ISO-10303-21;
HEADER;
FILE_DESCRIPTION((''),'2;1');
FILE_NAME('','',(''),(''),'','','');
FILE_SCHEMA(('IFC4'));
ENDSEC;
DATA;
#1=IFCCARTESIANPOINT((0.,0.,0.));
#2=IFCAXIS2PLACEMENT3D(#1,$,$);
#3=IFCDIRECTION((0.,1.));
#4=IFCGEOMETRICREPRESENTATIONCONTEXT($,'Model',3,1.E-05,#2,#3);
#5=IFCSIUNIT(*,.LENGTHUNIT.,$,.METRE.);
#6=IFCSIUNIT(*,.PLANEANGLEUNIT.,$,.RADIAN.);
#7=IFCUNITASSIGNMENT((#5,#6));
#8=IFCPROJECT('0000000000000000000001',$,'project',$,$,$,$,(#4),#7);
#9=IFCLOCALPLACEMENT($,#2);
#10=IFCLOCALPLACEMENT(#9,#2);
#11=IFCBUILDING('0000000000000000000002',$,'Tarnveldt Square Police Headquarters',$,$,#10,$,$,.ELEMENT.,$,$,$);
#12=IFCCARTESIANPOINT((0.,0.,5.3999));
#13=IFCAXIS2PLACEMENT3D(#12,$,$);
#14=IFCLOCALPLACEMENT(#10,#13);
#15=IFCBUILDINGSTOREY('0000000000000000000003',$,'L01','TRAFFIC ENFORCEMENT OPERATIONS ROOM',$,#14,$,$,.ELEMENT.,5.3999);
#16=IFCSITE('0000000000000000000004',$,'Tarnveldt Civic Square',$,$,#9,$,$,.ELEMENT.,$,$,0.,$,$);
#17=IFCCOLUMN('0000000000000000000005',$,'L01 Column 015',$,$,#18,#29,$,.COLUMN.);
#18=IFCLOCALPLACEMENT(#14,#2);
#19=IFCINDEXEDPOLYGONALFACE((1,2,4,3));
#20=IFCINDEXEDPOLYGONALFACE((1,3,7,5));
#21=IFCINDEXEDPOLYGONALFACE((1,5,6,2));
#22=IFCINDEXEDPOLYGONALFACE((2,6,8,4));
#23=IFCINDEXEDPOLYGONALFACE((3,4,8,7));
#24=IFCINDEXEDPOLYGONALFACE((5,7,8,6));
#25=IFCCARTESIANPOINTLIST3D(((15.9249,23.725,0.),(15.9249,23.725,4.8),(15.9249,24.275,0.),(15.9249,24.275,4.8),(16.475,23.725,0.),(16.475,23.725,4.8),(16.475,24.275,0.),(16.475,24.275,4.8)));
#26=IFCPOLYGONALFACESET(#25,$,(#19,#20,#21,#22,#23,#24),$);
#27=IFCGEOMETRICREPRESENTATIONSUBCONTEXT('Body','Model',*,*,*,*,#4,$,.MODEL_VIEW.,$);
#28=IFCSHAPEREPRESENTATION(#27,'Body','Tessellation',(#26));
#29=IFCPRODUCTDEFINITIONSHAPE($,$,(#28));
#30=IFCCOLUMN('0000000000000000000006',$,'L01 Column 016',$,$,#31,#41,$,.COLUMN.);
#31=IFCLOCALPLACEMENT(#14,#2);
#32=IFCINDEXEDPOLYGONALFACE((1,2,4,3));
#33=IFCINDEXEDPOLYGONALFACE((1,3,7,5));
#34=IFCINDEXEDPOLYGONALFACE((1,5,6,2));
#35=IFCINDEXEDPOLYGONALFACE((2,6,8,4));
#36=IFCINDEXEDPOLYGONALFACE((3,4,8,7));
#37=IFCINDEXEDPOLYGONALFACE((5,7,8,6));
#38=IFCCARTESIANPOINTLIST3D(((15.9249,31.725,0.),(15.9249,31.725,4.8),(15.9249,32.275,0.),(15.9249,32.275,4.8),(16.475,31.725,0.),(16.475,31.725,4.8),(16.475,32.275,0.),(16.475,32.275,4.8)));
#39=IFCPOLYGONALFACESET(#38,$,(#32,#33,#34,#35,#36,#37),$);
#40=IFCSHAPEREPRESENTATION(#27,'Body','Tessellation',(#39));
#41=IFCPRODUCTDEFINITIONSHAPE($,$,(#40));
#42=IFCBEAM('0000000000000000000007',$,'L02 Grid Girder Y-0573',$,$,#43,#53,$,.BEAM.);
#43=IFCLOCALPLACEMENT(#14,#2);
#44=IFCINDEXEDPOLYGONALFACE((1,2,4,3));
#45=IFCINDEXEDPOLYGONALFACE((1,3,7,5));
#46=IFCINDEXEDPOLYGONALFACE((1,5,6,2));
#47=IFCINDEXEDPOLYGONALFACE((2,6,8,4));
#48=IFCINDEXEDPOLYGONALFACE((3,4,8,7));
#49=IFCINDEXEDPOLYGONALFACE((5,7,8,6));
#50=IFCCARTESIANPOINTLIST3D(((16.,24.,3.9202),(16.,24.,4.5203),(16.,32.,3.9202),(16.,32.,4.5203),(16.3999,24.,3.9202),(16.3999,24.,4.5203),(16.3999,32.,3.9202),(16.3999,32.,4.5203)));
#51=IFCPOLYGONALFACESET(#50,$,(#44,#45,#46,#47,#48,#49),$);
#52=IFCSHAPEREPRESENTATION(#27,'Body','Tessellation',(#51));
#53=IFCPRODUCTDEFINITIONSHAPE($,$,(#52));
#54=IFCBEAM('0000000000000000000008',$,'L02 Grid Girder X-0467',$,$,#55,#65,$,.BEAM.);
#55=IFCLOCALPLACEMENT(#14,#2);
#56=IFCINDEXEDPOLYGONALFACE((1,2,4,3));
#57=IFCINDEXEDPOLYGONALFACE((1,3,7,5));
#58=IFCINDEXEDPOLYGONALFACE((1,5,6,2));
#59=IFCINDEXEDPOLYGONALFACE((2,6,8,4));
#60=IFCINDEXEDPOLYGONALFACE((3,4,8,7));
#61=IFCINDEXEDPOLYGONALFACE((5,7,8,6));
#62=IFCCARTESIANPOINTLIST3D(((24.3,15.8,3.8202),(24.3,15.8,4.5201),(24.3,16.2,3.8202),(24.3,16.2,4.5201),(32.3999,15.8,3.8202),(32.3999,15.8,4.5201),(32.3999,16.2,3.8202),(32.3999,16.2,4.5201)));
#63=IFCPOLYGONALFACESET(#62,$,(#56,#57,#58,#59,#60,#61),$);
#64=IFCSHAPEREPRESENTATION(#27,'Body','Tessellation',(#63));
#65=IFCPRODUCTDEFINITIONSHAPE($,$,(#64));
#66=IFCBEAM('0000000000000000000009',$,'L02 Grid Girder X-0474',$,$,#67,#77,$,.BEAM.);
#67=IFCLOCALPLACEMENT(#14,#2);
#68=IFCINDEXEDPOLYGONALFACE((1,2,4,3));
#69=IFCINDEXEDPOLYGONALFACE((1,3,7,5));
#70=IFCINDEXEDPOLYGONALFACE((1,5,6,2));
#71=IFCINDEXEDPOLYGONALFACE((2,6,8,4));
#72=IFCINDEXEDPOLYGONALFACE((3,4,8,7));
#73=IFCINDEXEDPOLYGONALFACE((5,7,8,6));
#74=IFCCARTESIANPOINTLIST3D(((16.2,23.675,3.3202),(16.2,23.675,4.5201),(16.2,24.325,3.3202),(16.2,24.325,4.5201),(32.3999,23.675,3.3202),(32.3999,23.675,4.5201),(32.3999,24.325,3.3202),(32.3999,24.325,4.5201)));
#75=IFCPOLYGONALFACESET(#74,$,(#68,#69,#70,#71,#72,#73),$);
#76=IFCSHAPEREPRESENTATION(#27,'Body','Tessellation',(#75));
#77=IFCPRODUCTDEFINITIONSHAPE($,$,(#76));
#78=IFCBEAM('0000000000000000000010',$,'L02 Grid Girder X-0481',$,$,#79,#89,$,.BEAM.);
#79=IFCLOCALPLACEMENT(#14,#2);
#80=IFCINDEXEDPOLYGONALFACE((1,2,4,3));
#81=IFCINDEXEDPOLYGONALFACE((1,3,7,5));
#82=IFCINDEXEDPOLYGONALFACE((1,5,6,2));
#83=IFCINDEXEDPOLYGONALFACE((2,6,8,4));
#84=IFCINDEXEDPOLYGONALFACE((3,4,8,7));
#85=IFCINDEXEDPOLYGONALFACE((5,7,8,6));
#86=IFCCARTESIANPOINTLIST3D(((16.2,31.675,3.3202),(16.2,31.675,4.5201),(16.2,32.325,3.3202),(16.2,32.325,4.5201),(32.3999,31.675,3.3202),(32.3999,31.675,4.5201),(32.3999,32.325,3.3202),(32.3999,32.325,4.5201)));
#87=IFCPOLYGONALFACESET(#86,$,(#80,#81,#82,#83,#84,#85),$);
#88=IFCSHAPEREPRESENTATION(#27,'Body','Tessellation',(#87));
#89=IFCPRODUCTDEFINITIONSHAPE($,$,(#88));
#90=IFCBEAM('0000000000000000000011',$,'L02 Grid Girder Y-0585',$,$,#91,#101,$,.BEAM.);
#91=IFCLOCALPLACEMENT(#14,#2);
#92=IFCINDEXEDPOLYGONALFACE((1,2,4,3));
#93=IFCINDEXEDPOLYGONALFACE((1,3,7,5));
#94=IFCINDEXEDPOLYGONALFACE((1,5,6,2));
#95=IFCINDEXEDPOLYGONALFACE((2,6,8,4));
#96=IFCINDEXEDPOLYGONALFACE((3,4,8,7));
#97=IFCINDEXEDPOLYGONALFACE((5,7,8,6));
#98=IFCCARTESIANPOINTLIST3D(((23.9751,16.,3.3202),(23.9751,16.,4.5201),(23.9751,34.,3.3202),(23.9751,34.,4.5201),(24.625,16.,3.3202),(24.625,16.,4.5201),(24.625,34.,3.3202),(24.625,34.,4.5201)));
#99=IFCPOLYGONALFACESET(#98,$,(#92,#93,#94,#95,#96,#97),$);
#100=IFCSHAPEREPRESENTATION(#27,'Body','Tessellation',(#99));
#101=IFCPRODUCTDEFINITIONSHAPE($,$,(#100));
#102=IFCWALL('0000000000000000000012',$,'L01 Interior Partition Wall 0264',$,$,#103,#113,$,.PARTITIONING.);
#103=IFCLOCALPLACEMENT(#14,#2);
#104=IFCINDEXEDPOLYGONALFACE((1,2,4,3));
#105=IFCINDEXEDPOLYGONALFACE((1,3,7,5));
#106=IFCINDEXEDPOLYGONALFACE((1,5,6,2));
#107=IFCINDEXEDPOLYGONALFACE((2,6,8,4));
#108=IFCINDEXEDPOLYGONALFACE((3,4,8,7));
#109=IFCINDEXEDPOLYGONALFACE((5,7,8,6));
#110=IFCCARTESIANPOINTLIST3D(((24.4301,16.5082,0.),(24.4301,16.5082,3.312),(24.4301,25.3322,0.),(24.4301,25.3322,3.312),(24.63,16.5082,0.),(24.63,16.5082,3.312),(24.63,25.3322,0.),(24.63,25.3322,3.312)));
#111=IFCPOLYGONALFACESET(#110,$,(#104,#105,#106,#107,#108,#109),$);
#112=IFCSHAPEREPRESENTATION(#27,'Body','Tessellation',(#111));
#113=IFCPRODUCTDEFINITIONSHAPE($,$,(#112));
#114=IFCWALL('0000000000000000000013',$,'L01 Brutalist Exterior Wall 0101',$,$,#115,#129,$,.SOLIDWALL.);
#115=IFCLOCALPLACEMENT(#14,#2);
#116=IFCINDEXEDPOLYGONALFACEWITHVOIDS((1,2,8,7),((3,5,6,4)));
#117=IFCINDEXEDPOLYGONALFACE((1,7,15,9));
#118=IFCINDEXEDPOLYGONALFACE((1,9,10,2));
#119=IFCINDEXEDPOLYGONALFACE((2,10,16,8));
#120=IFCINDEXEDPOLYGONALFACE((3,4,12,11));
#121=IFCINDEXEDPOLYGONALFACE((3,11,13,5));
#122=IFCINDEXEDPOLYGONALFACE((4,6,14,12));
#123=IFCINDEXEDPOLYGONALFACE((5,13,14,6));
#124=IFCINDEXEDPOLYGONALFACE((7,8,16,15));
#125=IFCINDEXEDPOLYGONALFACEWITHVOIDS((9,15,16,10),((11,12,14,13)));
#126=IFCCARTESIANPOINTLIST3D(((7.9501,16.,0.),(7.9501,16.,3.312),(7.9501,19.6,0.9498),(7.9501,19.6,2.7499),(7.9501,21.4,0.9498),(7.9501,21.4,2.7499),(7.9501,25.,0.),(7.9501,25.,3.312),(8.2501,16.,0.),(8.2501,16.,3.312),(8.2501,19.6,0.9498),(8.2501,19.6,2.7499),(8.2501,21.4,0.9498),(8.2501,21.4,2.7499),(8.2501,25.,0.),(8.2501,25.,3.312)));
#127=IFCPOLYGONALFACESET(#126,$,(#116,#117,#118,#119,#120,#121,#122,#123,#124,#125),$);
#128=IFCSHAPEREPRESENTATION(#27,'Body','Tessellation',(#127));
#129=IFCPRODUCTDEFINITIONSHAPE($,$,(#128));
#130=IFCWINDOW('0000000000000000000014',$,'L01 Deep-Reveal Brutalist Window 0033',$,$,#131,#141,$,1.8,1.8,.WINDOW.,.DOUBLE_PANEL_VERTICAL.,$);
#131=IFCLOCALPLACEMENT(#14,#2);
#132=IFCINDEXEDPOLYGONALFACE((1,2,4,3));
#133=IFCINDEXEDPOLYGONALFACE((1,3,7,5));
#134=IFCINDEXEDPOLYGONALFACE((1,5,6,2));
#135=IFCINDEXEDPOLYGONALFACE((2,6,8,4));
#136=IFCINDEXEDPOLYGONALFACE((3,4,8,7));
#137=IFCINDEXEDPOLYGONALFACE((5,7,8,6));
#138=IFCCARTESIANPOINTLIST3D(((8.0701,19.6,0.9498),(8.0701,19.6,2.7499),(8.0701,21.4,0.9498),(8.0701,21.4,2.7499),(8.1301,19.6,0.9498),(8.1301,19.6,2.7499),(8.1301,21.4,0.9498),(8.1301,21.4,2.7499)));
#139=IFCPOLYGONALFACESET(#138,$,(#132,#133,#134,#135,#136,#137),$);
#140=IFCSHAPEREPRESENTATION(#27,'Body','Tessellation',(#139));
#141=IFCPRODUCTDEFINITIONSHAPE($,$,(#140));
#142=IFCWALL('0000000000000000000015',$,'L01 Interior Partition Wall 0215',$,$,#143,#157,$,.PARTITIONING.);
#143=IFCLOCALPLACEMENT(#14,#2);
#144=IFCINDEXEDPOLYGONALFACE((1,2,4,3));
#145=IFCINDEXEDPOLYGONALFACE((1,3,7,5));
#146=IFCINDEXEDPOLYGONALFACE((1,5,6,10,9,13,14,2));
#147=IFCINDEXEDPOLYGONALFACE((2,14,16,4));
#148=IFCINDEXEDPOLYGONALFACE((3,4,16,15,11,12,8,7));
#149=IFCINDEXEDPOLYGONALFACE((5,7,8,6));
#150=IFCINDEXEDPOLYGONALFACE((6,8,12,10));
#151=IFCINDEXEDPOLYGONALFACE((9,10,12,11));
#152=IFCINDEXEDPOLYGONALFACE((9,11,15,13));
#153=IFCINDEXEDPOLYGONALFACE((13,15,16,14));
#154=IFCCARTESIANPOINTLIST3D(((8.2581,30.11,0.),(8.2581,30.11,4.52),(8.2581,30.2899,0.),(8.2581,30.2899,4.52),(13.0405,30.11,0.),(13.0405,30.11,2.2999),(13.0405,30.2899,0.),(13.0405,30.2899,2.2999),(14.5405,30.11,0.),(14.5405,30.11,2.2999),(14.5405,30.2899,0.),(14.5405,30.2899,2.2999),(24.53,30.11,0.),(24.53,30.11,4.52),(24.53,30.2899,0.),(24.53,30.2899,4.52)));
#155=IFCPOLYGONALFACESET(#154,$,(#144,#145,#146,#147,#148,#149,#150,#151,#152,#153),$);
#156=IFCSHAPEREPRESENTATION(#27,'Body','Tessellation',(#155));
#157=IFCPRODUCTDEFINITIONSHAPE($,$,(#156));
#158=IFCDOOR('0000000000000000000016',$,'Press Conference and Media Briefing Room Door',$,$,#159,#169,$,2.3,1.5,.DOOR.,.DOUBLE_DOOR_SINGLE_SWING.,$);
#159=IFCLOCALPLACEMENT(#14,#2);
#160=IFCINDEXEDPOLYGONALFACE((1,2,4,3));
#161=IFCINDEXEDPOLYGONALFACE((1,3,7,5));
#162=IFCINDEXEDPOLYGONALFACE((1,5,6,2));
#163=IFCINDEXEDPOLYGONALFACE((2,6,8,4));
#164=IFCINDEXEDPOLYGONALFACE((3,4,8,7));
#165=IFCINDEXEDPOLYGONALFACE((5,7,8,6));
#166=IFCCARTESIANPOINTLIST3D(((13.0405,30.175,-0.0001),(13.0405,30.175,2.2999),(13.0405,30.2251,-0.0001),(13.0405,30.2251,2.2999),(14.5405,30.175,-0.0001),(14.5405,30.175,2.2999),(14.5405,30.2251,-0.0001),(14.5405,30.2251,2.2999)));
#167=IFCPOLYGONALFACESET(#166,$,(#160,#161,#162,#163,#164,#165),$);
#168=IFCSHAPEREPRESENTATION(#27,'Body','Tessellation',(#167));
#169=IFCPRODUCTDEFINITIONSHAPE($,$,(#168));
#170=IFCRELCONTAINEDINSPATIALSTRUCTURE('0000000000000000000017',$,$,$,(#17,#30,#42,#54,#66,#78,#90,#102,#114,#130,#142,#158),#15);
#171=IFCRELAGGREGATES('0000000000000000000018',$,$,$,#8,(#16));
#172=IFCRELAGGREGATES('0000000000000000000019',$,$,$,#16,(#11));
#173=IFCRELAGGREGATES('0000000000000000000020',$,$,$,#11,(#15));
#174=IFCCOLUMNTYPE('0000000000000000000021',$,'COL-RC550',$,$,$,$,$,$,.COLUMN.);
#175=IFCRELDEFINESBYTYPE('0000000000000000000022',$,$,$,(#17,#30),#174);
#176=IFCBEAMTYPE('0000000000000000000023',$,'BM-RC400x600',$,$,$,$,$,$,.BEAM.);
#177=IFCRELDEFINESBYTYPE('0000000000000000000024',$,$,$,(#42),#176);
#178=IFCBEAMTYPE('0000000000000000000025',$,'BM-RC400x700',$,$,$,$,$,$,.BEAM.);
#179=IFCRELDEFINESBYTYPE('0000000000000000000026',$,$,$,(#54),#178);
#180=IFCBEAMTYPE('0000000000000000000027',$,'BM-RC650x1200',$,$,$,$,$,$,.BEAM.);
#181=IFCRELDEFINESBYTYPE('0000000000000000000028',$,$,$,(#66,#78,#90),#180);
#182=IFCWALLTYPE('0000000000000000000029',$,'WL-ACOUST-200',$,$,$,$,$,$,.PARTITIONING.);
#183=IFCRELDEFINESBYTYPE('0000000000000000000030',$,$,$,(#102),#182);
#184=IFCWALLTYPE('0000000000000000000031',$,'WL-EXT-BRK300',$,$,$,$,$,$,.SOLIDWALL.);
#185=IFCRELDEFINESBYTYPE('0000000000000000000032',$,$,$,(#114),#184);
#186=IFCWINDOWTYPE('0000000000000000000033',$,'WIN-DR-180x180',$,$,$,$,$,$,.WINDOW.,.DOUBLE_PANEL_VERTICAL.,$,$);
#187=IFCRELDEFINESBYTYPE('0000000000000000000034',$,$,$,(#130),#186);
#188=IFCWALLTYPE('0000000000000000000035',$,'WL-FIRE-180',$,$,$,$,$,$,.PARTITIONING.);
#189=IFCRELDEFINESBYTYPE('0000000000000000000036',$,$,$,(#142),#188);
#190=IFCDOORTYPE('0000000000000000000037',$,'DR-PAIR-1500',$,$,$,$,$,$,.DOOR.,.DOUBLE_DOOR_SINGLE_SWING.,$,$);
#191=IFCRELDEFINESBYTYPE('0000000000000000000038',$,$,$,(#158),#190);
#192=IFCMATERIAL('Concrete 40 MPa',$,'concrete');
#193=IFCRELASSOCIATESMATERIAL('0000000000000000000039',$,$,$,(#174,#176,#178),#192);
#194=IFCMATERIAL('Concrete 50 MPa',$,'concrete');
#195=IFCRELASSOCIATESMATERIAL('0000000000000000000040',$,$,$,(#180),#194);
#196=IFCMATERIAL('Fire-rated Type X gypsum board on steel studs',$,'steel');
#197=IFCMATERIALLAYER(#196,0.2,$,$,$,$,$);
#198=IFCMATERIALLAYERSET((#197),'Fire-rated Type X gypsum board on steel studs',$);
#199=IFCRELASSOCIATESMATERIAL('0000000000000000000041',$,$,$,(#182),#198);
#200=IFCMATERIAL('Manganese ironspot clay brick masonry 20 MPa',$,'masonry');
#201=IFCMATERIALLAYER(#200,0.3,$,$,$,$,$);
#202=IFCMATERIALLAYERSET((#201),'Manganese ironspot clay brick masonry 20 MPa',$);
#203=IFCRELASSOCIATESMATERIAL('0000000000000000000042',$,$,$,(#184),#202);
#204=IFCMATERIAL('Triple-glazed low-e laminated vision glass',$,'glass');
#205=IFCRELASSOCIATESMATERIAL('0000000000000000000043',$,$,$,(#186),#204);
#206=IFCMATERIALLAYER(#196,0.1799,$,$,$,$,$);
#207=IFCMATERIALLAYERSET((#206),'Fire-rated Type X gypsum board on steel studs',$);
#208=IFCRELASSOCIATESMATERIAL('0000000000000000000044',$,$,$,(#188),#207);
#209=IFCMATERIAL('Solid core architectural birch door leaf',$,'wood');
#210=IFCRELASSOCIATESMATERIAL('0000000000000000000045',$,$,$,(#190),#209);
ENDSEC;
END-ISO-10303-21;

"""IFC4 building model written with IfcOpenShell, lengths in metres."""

from ifc_helpers import new_model, si_unit, direction, frame, frame_2d, origin, origin_2d, place, context, subcontext, project, spatial, rectangle, extrude, material, layer, layer_set, material_profile, profile_set, type_object, element, fill, save


model = new_model("IFC4")

# Units and contexts
model_context = context("Model", 3, precision=1e-05, world=origin(), true_north=direction((0.0, 1.0)))
body_context = subcontext(model_context, "Body", "Model", "MODEL_VIEW")
ifc_project = project(units=[si_unit("LENGTHUNIT", "METRE"), si_unit("PLANEANGLEUNIT", "RADIAN")], contexts=[model_context])

# Site, building, storey
site_placement = place(None, origin())
site = spatial("IfcSite", under=ifc_project, at=site_placement, Name="Tarnveldt Civic Square", CompositionType="ELEMENT", RefElevation=0.0)
building_placement = place(site_placement, origin())
building = spatial("IfcBuilding", under=site, at=building_placement, Name="Tarnveldt Square Police Headquarters", CompositionType="ELEMENT")
storey_placement = place(building_placement, frame((0.0, 0.0, 5.3999)))
storey = spatial("IfcBuildingStorey", under=building, at=storey_placement, Name="L01", Description="TRAFFIC ENFORCEMENT OPERATIONS ROOM", CompositionType="ELEMENT", Elevation=5.3999)

# Columns
ifc_material_1 = material(Name="Concrete 40 MPa", Category="concrete")
ifc_material_profile_1 = material_profile(ifc_material_1, rectangle(XDim=0.55, YDim=0.55, at=origin_2d()), Name="RC-C550x550")
ifc_profile_set_1 = profile_set([ifc_material_profile_1], Name="Concrete 40 MPa")
column_type = type_object("IfcColumnType", Name="COL-RC550", PredefinedType="COLUMN", material=ifc_profile_set_1)
for number, where, z_axis, x_axis, name in (
    (1, (16.2, 24.0, 0.0), (0.0, 0.0, 1.0), (1.0, 0.0, 0.0), "L01 Column 015"),
    (2, (16.2, 32.0, 0.0), (0.0, 0.0, 1.0), (1.0, 0.0, 0.0), "L01 Column 016"),
):
    element("IfcColumn", number, at=place(storey_placement, frame(where, z_axis=z_axis, x_axis=x_axis)), inside=storey, type_object=column_type, Name=name, PredefinedType="COLUMN", context=body_context, shape_type="SweptSolid", body=[
        extrude(rectangle(XDim=0.55, YDim=0.55, at=origin_2d()), origin(), (0.0, 0.0, 1.0), 4.8),
    ])

# Beams
ifc_material_profile_2 = material_profile(ifc_material_1, rectangle(XDim=0.3999, YDim=0.6001, at=origin_2d()), Name="RC-B400x600")
ifc_profile_set_2 = profile_set([ifc_material_profile_2], Name="Concrete 40 MPa")
beam_type_1 = type_object("IfcBeamType", Name="BM-RC400x600", PredefinedType="BEAM", material=ifc_profile_set_2)
beam_1_placement = place(storey_placement, frame((16.2, 24.0, 4.2202), z_axis=(0.0, 1.0, 0.0), x_axis=(-1.0, 0.0, 0.0)))
element("IfcBeam", 3, at=beam_1_placement, inside=storey, type_object=beam_type_1, Name="L02 Grid Girder Y-0573", PredefinedType="BEAM", context=body_context, shape_type="SweptSolid", body=[
    extrude(rectangle(XDim=0.3999, YDim=0.6001, at=origin_2d()), origin(), (0.0, 0.0, 1.0), 8.0),
])
ifc_material_profile_3 = material_profile(ifc_material_1, rectangle(XDim=0.3999, YDim=0.7, at=origin_2d()), Name="RC-B400x700")
ifc_profile_set_3 = profile_set([ifc_material_profile_3], Name="Concrete 40 MPa")
beam_type_2 = type_object("IfcBeamType", Name="BM-RC400x700", PredefinedType="BEAM", material=ifc_profile_set_3)
beam_2_placement = place(storey_placement, frame((24.3, 16.0, 4.1702), z_axis=(1.0, 0.0, 0.0), x_axis=(0.0, 1.0, 0.0)))
element("IfcBeam", 4, at=beam_2_placement, inside=storey, type_object=beam_type_2, Name="L02 Grid Girder X-0467", PredefinedType="BEAM", context=body_context, shape_type="SweptSolid", body=[
    extrude(rectangle(XDim=0.3999, YDim=0.7, at=origin_2d()), origin(), (0.0, 0.0, 1.0), 8.0999),
])
ifc_material_2 = material(Name="Concrete 50 MPa", Category="concrete")
ifc_material_profile_4 = material_profile(ifc_material_2, rectangle(XDim=0.6499, YDim=1.2, at=origin_2d()), Name="RC-B650x1200")
ifc_profile_set_4 = profile_set([ifc_material_profile_4], Name="Concrete 50 MPa")
beam_type_3 = type_object("IfcBeamType", Name="BM-RC650x1200", PredefinedType="BEAM", material=ifc_profile_set_4)
for number, where, z_axis, x_axis, name in (
    (5, (16.2, 24.0, 3.9202), (1.0, 0.0, 0.0), (0.0, 1.0, 0.0), "L02 Grid Girder X-0474"),
    (6, (16.2, 32.0, 3.9202), (1.0, 0.0, 0.0), (0.0, 1.0, 0.0), "L02 Grid Girder X-0481"),
):
    element("IfcBeam", number, at=place(storey_placement, frame(where, z_axis=z_axis, x_axis=x_axis)), inside=storey, type_object=beam_type_3, Name=name, PredefinedType="BEAM", context=body_context, shape_type="SweptSolid", body=[
        extrude(rectangle(XDim=0.6499, YDim=1.2, at=origin_2d()), origin(), (0.0, 0.0, 1.0), 16.2),
    ])
beam_3_placement = place(storey_placement, frame((24.3, 16.0, 3.9202), z_axis=(0.0, 1.0, 0.0), x_axis=(-1.0, 0.0, 0.0)))
element("IfcBeam", 7, at=beam_3_placement, inside=storey, type_object=beam_type_3, Name="L02 Grid Girder Y-0585", PredefinedType="BEAM", context=body_context, shape_type="SweptSolid", body=[
    extrude(rectangle(XDim=0.6499, YDim=1.2, at=origin_2d()), origin(), (0.0, 0.0, 1.0), 18.0),
])

# Wall
ifc_material_3 = material(Name="Fire-rated Type X gypsum board on steel studs", Category="steel")
ifc_layer_1 = layer(ifc_material_3, 0.2)
ifc_layer_set_1 = layer_set([ifc_layer_1], Name="Fire-rated Type X gypsum board on steel studs")
wall_type_1 = type_object("IfcWallType", Name="WL-ACOUST-200", PredefinedType="PARTITIONING", material=ifc_layer_set_1)
wall_1_placement = place(storey_placement, frame((24.53, 16.5081, 0.0), z_axis=(0.0, 0.0, 1.0), x_axis=(0.0, 1.0, 0.0)))
element("IfcWall", 8, at=wall_1_placement, inside=storey, type_object=wall_type_1, Name="L01 Interior Partition Wall 0264", PredefinedType="PARTITIONING", context=body_context, shape_type="SweptSolid", body=[
    extrude(rectangle(XDim=8.824, YDim=0.2, at=frame_2d((4.4121, 0.0))), origin(), (0.0, 0.0, 1.0), 3.312),
])

# Wall, opening, window
ifc_material_4 = material(Name="Manganese ironspot clay brick masonry 20 MPa", Category="masonry")
ifc_layer_2 = layer(ifc_material_4, 0.3)
ifc_layer_set_2 = layer_set([ifc_layer_2], Name="Manganese ironspot clay brick masonry 20 MPa")
wall_type_2 = type_object("IfcWallType", Name="WL-EXT-BRK300", PredefinedType="SOLIDWALL", material=ifc_layer_set_2)
wall_2_placement = place(storey_placement, frame((8.1001, 25.0, 0.0), z_axis=(0.0, 0.0, 1.0), x_axis=(0.0, -1.0, 0.0)))
wall_2 = element("IfcWall", 9, at=wall_2_placement, inside=storey, type_object=wall_type_2, Name="L01 Brutalist Exterior Wall 0101", PredefinedType="SOLIDWALL", context=body_context, shape_type="SweptSolid", body=[
    extrude(rectangle(XDim=9.0, YDim=0.3, at=frame_2d((4.5, 0.0))), origin(), (0.0, 0.0, 1.0), 3.312),
])
opening_1_placement = place(wall_2_placement, frame((3.6001, 0.0, 0.95)))
opening_1 = element("IfcOpeningElement", 10, at=opening_1_placement, cuts=wall_2, PredefinedType="OPENING", context=body_context, shape_type="SweptSolid", body=[
    extrude(rectangle(XDim=1.8, YDim=1.8, at=frame_2d((0.8999, 0.8999))), frame((0.0, 0.1599, 0.0), z_axis=(0.0, -1.0, 0.0), x_axis=(1.0, 0.0, 0.0)), (0.0, 0.0, 1.0), 0.3201),
])
ifc_material_5 = material(Name="Triple-glazed low-e laminated vision glass", Category="glass")
window_type = type_object("IfcWindowType", Name="WIN-DR-180x180", PartitioningType="DOUBLE_PANEL_VERTICAL", PredefinedType="WINDOW", material=ifc_material_5)
window_placement = place(opening_1_placement, origin())
window = element("IfcWindow", 11, at=window_placement, inside=storey, type_object=window_type, Name="L01 Deep-Reveal Brutalist Window 0033", OverallHeight=1.8, OverallWidth=1.8, PartitioningType="DOUBLE_PANEL_VERTICAL", PredefinedType="WINDOW", context=body_context, shape_type="SweptSolid", body=[
    extrude(rectangle(XDim=1.8, YDim=1.8, at=frame_2d((0.8999, 0.8999))), frame((0.0, 0.03, 0.0), z_axis=(0.0, -1.0, 0.0), x_axis=(1.0, 0.0, 0.0)), (0.0, 0.0, 1.0), 0.0601),
])
fill(opening_1, window)

# Wall, opening, door
ifc_layer_3 = layer(ifc_material_3, 0.1799)
ifc_layer_set_3 = layer_set([ifc_layer_3], Name="Fire-rated Type X gypsum board on steel studs")
wall_type_3 = type_object("IfcWallType", Name="WL-FIRE-180", PredefinedType="PARTITIONING", material=ifc_layer_set_3)
wall_3_placement = place(storey_placement, frame((8.2581, 30.2, 0.0), z_axis=(0.0, 0.0, 1.0), x_axis=(1.0, 0.0, 0.0)))
wall_3 = element("IfcWall", 12, at=wall_3_placement, inside=storey, type_object=wall_type_3, Name="L01 Interior Partition Wall 0215", PredefinedType="PARTITIONING", context=body_context, shape_type="SweptSolid", body=[
    extrude(rectangle(XDim=16.272, YDim=0.1799, at=frame_2d((8.136, 0.0))), origin(), (0.0, 0.0, 1.0), 4.52),
])
opening_2_placement = place(wall_3_placement, frame((4.7825, 0.0, 0.0)))
opening_2 = element("IfcOpeningElement", 13, at=opening_2_placement, cuts=wall_3, PredefinedType="OPENING", context=body_context, shape_type="SweptSolid", body=[
    extrude(rectangle(XDim=1.5, YDim=2.3, at=frame_2d((0.75, 1.1499))), frame((0.0, 0.0999, 0.0), z_axis=(0.0, -1.0, 0.0), x_axis=(1.0, 0.0, 0.0)), (0.0, 0.0, 1.0), 0.2),
])
ifc_material_6 = material(Name="Solid core architectural birch door leaf", Category="wood")
door_type_1 = type_object("IfcDoorType", Name="DR-PAIR-1500", OperationType="DOUBLE_DOOR_SINGLE_SWING", PredefinedType="DOOR", material=ifc_material_6)
door_1_placement = place(opening_2_placement, frame((1.5, 0.0, 0.0), z_axis=(0.0, 0.0, 1.0), x_axis=(-1.0, 0.0, 0.0)))
door_1 = element("IfcDoor", 14, at=door_1_placement, inside=storey, type_object=door_type_1, Name="Press Conference and Media Briefing Room Door", OperationType="DOUBLE_DOOR_SINGLE_SWING", OverallHeight=2.3, OverallWidth=1.5, PredefinedType="DOOR", context=body_context, shape_type="SweptSolid", body=[
    extrude(rectangle(XDim=1.5, YDim=2.3, at=frame_2d((0.75, 1.1499))), frame((0.0, 0.0249, 0.0), z_axis=(0.0, -1.0, 0.0), x_axis=(1.0, 0.0, 0.0)), (0.0, 0.0, 1.0), 0.05),
])
fill(opening_2, door_1)

save(model, "model.ifc")
